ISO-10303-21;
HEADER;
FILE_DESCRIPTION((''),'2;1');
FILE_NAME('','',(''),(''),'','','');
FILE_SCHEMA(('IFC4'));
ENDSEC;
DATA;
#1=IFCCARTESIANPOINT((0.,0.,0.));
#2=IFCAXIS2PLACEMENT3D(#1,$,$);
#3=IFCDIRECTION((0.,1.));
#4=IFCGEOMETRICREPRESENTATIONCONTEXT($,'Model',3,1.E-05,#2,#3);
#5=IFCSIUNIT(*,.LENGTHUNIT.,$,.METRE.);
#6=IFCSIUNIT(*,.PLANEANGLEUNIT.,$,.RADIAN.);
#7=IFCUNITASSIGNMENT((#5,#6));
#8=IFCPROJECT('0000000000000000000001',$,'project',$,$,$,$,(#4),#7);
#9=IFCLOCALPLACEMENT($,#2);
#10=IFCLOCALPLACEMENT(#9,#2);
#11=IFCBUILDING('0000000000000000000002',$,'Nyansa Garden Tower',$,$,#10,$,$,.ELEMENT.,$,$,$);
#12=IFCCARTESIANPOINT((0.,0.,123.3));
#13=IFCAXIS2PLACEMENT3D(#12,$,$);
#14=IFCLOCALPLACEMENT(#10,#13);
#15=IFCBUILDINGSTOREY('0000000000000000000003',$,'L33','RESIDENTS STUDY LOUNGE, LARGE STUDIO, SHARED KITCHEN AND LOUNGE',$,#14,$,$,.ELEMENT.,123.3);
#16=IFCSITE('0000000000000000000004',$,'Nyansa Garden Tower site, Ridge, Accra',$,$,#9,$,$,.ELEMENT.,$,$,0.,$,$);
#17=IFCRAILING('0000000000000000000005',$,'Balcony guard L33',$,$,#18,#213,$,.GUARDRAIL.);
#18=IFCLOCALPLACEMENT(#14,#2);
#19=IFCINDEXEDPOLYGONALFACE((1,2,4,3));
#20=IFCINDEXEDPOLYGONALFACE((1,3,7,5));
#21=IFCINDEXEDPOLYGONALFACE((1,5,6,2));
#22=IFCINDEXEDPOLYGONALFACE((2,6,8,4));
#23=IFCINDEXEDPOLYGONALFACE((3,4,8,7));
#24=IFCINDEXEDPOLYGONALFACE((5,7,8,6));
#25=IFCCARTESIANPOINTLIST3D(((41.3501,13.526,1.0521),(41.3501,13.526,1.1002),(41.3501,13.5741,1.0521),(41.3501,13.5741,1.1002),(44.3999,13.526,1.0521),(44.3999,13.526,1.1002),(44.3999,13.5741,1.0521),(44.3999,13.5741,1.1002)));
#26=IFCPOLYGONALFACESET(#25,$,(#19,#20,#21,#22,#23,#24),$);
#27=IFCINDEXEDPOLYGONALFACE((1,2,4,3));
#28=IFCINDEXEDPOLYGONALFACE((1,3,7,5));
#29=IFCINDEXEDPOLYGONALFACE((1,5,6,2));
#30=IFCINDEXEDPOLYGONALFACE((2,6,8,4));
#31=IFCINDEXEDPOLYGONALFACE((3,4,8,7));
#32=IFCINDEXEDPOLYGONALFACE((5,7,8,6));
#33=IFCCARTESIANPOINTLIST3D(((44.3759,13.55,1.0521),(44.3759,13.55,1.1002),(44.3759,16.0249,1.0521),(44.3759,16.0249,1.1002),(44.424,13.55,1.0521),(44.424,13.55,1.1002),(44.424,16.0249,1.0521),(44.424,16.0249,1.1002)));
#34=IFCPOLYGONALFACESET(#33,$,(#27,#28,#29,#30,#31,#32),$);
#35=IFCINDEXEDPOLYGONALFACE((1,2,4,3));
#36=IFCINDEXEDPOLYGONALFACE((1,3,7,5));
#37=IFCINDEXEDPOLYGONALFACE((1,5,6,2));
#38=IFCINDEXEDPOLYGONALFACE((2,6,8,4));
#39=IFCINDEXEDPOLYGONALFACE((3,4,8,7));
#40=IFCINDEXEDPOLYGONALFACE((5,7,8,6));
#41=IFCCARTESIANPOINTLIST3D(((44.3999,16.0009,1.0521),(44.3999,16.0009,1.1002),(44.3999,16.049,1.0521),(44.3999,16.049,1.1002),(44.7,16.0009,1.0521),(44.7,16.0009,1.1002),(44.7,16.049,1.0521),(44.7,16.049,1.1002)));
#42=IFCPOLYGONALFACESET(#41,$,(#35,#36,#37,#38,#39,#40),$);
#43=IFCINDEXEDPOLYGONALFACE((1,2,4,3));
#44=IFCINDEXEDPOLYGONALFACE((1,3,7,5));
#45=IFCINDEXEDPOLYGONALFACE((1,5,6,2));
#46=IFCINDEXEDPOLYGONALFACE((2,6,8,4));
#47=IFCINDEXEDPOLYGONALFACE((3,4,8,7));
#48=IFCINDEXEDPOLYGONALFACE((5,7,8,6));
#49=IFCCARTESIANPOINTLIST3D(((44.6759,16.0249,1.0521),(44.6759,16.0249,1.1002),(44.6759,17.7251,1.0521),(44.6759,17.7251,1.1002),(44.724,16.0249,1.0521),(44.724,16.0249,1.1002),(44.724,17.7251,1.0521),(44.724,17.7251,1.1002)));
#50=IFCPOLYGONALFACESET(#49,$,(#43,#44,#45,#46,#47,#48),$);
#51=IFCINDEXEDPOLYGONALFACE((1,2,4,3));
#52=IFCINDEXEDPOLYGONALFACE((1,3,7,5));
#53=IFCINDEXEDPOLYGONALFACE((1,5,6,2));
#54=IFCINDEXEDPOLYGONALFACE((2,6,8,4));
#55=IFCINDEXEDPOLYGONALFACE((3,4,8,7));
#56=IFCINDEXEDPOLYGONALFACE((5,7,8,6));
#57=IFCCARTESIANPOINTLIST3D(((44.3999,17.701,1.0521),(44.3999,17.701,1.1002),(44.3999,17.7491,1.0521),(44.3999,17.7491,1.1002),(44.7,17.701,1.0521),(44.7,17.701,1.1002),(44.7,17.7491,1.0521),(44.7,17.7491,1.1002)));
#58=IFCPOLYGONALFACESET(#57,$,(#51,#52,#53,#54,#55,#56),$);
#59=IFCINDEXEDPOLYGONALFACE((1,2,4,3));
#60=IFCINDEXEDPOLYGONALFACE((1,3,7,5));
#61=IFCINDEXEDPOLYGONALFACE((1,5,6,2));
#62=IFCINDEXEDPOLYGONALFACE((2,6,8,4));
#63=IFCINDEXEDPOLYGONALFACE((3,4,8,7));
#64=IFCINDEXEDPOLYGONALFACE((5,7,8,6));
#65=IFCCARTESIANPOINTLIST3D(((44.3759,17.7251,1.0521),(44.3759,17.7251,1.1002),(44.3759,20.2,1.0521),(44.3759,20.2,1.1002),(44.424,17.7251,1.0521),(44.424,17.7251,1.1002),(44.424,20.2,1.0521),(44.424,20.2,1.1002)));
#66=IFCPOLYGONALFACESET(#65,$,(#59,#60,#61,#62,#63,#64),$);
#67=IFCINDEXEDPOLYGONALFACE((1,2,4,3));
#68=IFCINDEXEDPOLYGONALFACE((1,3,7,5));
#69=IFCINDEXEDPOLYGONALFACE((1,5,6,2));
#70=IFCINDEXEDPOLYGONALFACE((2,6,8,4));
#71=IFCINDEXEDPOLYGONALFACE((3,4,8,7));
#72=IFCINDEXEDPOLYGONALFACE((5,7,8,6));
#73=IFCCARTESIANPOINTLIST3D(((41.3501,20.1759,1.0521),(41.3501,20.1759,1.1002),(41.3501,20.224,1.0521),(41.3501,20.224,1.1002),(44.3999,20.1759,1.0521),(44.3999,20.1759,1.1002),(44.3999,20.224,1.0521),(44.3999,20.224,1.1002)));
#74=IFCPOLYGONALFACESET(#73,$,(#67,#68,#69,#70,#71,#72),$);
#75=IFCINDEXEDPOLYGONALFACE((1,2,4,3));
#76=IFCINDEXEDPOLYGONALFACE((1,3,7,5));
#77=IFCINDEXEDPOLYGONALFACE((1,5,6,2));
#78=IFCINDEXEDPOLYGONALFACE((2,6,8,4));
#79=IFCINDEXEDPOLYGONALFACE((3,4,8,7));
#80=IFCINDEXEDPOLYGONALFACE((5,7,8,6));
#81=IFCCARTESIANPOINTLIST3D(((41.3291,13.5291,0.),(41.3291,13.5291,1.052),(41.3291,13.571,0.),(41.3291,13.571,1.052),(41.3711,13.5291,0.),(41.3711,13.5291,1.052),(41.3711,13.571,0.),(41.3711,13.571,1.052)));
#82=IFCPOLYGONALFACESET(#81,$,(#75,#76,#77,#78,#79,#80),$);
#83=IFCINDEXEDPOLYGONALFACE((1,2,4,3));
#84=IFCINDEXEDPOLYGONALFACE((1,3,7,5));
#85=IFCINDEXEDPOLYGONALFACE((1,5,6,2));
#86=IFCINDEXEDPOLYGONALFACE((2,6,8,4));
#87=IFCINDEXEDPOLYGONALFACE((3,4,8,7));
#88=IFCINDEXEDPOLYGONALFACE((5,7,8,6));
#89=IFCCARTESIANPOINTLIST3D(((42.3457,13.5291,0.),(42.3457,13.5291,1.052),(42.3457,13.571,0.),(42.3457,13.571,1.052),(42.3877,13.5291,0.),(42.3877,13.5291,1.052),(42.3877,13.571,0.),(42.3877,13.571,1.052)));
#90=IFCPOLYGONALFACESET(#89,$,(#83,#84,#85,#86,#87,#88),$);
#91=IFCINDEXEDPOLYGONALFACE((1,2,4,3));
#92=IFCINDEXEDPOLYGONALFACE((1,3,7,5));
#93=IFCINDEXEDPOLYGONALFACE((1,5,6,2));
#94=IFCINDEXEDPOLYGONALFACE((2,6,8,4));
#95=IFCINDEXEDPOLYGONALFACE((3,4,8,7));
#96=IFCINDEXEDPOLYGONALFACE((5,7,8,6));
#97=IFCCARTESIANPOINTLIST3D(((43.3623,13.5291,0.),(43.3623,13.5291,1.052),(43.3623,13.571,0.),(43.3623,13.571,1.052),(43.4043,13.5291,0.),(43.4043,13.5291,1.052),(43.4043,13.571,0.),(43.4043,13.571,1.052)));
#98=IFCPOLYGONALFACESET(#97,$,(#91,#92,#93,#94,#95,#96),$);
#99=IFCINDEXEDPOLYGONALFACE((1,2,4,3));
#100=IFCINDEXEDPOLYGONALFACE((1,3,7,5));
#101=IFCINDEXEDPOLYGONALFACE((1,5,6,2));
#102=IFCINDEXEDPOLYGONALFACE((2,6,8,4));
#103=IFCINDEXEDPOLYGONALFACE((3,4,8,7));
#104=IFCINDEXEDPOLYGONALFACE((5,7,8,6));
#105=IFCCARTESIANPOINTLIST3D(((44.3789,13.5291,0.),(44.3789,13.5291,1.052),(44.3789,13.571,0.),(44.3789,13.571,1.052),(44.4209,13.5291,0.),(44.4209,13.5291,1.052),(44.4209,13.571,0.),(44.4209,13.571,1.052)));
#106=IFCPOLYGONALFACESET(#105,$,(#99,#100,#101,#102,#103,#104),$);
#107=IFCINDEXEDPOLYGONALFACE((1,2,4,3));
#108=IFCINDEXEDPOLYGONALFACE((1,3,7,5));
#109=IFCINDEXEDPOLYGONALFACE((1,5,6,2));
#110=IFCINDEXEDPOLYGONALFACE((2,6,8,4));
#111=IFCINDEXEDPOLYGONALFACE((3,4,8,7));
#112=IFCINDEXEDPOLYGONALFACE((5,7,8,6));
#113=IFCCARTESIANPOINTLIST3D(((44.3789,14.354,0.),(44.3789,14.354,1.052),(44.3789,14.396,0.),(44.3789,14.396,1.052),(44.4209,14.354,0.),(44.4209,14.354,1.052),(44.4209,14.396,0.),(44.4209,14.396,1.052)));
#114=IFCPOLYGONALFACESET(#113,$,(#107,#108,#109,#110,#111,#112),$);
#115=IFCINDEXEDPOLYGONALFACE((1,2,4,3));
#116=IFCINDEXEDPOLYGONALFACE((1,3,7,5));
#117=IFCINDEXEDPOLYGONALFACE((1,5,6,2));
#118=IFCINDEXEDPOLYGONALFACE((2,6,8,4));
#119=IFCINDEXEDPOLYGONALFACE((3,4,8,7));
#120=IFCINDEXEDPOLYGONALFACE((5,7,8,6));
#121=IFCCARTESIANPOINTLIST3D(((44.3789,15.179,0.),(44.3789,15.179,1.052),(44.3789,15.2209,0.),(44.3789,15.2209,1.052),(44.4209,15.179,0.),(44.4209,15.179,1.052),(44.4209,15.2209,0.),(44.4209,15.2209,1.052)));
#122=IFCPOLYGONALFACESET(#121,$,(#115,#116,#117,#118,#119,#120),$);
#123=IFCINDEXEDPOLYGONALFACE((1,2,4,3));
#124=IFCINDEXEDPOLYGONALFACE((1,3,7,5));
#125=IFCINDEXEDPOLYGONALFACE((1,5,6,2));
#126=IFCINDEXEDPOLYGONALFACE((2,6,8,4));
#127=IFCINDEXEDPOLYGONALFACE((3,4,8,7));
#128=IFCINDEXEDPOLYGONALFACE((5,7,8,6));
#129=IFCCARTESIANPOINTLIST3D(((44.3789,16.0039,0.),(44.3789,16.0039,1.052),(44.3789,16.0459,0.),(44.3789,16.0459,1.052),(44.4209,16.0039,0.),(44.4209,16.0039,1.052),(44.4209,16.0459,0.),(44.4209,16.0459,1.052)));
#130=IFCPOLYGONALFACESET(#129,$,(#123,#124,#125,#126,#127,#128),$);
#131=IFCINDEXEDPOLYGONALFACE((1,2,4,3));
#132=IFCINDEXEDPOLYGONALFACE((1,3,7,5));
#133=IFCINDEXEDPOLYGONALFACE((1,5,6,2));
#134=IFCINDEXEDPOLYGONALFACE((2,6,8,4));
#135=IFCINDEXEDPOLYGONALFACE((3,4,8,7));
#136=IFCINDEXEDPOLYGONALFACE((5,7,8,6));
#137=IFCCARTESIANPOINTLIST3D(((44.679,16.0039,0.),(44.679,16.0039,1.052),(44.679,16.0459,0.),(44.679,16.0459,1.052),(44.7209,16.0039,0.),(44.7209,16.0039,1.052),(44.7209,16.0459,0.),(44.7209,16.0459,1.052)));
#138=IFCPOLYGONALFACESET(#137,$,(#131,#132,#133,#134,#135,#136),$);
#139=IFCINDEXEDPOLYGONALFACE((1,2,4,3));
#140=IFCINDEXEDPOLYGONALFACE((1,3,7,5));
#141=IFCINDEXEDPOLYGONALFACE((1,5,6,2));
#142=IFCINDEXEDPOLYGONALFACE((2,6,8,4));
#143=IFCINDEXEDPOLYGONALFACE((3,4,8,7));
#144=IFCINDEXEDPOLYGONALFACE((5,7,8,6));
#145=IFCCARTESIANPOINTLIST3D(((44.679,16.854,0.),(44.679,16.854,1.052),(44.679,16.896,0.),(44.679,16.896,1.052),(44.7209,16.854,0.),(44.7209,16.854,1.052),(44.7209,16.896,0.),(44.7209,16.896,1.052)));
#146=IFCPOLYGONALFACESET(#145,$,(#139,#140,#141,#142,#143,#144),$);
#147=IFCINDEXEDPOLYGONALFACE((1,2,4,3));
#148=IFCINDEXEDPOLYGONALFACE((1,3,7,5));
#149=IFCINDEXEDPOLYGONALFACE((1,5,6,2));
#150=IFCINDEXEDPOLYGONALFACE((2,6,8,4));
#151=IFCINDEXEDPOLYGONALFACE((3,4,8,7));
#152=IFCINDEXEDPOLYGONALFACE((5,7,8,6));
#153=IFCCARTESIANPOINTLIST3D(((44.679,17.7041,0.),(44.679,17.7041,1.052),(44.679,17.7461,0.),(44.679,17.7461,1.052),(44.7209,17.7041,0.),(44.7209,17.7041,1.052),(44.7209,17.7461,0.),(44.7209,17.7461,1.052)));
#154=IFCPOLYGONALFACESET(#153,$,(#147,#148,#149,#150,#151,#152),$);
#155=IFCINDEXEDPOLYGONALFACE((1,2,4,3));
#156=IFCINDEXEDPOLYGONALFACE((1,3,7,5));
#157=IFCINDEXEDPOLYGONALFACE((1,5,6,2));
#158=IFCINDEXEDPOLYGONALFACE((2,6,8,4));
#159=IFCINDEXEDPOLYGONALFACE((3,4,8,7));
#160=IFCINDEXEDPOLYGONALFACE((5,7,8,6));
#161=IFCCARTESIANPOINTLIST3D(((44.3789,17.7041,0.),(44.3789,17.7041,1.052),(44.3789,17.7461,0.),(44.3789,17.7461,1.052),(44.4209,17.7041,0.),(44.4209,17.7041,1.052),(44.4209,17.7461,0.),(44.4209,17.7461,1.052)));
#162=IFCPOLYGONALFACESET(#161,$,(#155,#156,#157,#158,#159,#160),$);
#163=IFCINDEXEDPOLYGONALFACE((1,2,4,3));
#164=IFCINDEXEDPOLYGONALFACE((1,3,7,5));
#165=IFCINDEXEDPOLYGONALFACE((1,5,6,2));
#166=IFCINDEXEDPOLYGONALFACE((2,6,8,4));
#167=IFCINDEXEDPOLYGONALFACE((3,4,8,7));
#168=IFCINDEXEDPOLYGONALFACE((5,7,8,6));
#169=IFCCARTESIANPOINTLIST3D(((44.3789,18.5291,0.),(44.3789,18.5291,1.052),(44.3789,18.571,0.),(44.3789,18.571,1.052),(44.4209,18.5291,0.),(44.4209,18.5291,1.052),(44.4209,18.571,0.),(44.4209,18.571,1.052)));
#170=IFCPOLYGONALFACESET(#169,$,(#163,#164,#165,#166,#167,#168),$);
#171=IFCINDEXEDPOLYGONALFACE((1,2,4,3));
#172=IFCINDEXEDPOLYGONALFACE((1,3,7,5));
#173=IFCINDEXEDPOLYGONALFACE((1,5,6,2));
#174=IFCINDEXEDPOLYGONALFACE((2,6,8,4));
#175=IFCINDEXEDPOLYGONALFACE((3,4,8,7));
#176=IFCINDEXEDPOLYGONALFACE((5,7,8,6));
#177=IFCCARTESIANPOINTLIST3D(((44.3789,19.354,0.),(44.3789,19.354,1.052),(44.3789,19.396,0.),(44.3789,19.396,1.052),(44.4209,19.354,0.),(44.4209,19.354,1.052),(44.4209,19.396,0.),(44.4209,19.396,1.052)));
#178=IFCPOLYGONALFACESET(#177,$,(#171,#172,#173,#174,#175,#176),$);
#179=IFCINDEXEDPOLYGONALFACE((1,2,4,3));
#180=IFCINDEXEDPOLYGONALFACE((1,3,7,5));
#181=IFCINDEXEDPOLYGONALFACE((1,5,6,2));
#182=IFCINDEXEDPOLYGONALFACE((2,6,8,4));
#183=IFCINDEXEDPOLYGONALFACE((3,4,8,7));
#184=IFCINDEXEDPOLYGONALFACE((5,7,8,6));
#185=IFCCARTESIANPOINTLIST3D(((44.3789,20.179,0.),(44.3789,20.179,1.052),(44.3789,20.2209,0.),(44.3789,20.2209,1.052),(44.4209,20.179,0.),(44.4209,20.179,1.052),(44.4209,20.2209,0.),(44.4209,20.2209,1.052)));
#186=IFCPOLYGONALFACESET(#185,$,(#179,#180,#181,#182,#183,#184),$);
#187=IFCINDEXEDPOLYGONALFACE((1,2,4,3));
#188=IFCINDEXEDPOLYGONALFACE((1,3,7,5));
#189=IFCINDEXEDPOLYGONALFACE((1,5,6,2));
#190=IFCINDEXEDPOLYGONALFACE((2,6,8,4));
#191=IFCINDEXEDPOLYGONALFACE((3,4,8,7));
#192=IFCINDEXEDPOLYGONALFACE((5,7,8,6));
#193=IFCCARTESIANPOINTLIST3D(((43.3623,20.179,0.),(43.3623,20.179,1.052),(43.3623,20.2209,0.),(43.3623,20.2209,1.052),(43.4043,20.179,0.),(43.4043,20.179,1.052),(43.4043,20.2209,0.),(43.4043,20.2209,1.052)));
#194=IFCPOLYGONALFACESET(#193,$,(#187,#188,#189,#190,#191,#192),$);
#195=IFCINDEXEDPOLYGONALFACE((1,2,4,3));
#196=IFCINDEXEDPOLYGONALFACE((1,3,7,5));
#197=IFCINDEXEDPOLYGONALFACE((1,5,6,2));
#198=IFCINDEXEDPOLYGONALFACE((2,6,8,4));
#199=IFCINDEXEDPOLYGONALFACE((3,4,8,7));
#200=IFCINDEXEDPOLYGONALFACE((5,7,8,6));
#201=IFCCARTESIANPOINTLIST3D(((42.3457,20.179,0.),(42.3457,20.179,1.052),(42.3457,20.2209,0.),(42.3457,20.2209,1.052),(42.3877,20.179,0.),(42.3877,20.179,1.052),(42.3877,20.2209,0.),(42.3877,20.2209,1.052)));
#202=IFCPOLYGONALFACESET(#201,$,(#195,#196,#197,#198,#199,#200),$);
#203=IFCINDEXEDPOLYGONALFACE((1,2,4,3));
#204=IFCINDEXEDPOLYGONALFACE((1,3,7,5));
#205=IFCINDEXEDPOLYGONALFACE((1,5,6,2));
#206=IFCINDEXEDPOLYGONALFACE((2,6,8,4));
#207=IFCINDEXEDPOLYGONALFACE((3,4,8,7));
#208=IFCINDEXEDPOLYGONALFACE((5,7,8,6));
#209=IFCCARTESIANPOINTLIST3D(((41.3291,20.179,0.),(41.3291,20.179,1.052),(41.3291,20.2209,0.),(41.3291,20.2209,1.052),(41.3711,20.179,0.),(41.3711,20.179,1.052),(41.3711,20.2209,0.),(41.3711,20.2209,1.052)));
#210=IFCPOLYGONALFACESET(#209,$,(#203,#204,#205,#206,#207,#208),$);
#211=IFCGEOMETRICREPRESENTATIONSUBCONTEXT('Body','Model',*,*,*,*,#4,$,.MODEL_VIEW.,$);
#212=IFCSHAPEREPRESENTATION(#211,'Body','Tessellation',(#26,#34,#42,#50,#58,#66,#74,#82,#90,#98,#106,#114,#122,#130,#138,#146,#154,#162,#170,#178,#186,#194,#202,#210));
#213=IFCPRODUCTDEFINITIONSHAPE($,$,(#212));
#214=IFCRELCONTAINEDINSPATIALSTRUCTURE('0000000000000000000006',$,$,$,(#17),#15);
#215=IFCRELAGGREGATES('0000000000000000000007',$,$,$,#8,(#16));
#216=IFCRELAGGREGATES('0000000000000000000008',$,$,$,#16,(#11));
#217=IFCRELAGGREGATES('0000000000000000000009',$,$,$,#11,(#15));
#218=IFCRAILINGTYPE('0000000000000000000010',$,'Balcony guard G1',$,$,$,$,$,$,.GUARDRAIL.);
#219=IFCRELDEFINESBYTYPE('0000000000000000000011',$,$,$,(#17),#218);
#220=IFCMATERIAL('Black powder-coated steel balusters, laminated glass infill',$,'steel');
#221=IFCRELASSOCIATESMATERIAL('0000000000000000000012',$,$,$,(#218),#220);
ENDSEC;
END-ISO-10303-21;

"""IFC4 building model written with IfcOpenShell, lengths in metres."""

from ifc_helpers import new_model, si_unit, direction, frame, origin, origin_2d, place, context, subcontext, project, spatial, rectangle, extrude, material, type_object, element, save


model = new_model("IFC4")

# Units and contexts
model_context = context("Model", 3, precision=1e-05, world=origin(), true_north=direction((0.0, 1.0)))
body_context = subcontext(model_context, "Body", "Model", "MODEL_VIEW")
ifc_project = project(units=[si_unit("LENGTHUNIT", "METRE"), si_unit("PLANEANGLEUNIT", "RADIAN")], contexts=[model_context])

# Site, building, storey
site_placement = place(None, origin())
site = spatial("IfcSite", under=ifc_project, at=site_placement, Name="Nyansa Garden Tower site, Ridge, Accra", CompositionType="ELEMENT", RefElevation=0.0)
building_placement = place(site_placement, origin())
building = spatial("IfcBuilding", under=site, at=building_placement, Name="Nyansa Garden Tower", CompositionType="ELEMENT")
storey_placement = place(building_placement, frame((0.0, 0.0, 123.3)))
storey = spatial("IfcBuildingStorey", under=building, at=storey_placement, Name="L33", Description="RESIDENTS STUDY LOUNGE, LARGE STUDIO, SHARED KITCHEN AND LOUNGE", CompositionType="ELEMENT", Elevation=123.3)

# Railing
ifc_material_1 = material(Name="Black powder-coated steel balusters, laminated glass infill", Category="steel")
railing_type = type_object("IfcRailingType", Name="Balcony guard G1", PredefinedType="GUARDRAIL", material=ifc_material_1)
railing_placement = place(storey_placement, frame((41.3501, 13.55, 0.0)))
element("IfcRailing", 1, at=railing_placement, inside=storey, type_object=railing_type, Name="Balcony guard L33", PredefinedType="GUARDRAIL", context=body_context, shape_type="SweptSolid", body=[
    extrude(rectangle(XDim=0.0481, YDim=0.0481, at=origin_2d()), frame((0.0, 0.0, 1.0762), z_axis=(1.0, 0.0, 0.0), x_axis=(0.0, 1.0, 0.0)), (0.0, 0.0, 1.0), 3.0498),
    extrude(rectangle(XDim=0.0481, YDim=0.0481, at=origin_2d()), frame((3.0498, 0.0, 1.0762), z_axis=(0.0, 1.0, 0.0), x_axis=(-1.0, 0.0, 0.0)), (0.0, 0.0, 1.0), 2.4749),
    extrude(rectangle(XDim=0.0481, YDim=0.0481, at=origin_2d()), frame((3.0498, 2.4749, 1.0762), z_axis=(1.0, 0.0, 0.0), x_axis=(0.0, 1.0, 0.0)), (0.0, 0.0, 1.0), 0.3),
    extrude(rectangle(XDim=0.0481, YDim=0.0481, at=origin_2d()), frame((3.3499, 2.4749, 1.0762), z_axis=(0.0, 1.0, 0.0), x_axis=(-1.0, 0.0, 0.0)), (0.0, 0.0, 1.0), 1.7002),
    extrude(rectangle(XDim=0.0481, YDim=0.0481, at=origin_2d()), frame((3.3499, 4.175, 1.0762), z_axis=(-1.0, 0.0, 0.0), x_axis=(0.0, -1.0, 0.0)), (0.0, 0.0, 1.0), 0.3),
    extrude(rectangle(XDim=0.0481, YDim=0.0481, at=origin_2d()), frame((3.0498, 4.175, 1.0762), z_axis=(0.0, 1.0, 0.0), x_axis=(-1.0, 0.0, 0.0)), (0.0, 0.0, 1.0), 2.4749),
    extrude(rectangle(XDim=0.0481, YDim=0.0481, at=origin_2d()), frame((3.0498, 6.6499, 1.0762), z_axis=(-1.0, 0.0, 0.0), x_axis=(0.0, -1.0, 0.0)), (0.0, 0.0, 1.0), 3.0498),
    extrude(rectangle(XDim=0.042, YDim=0.042, at=origin_2d()), origin(), (0.0, 0.0, 1.0), 1.052),
    extrude(rectangle(XDim=0.042, YDim=0.042, at=origin_2d()), frame((1.0166, 0.0, 0.0)), (0.0, 0.0, 1.0), 1.052),
    extrude(rectangle(XDim=0.042, YDim=0.042, at=origin_2d()), frame((2.0332, 0.0, 0.0)), (0.0, 0.0, 1.0), 1.052),
    extrude(rectangle(XDim=0.042, YDim=0.042, at=origin_2d()), frame((3.0498, 0.0, 0.0)), (0.0, 0.0, 1.0), 1.052),
    extrude(rectangle(XDim=0.042, YDim=0.042, at=origin_2d()), frame((3.0498, 0.825, 0.0)), (0.0, 0.0, 1.0), 1.052),
    extrude(rectangle(XDim=0.042, YDim=0.042, at=origin_2d()), frame((3.0498, 1.6499, 0.0)), (0.0, 0.0, 1.0), 1.052),
    extrude(rectangle(XDim=0.042, YDim=0.042, at=origin_2d()), frame((3.0498, 2.4749, 0.0)), (0.0, 0.0, 1.0), 1.052),
    extrude(rectangle(XDim=0.042, YDim=0.042, at=origin_2d()), frame((3.3499, 2.4749, 0.0)), (0.0, 0.0, 1.0), 1.052),
    extrude(rectangle(XDim=0.042, YDim=0.042, at=origin_2d()), frame((3.3499, 3.325, 0.0)), (0.0, 0.0, 1.0), 1.052),
    extrude(rectangle(XDim=0.042, YDim=0.042, at=origin_2d()), frame((3.3499, 4.175, 0.0)), (0.0, 0.0, 1.0), 1.052),
    extrude(rectangle(XDim=0.042, YDim=0.042, at=origin_2d()), frame((3.0498, 4.175, 0.0)), (0.0, 0.0, 1.0), 1.052),
    extrude(rectangle(XDim=0.042, YDim=0.042, at=origin_2d()), frame((3.0498, 5.0, 0.0)), (0.0, 0.0, 1.0), 1.052),
    extrude(rectangle(XDim=0.042, YDim=0.042, at=origin_2d()), frame((3.0498, 5.825, 0.0)), (0.0, 0.0, 1.0), 1.052),
    extrude(rectangle(XDim=0.042, YDim=0.042, at=origin_2d()), frame((3.0498, 6.6499, 0.0)), (0.0, 0.0, 1.0), 1.052),
    extrude(rectangle(XDim=0.042, YDim=0.042, at=origin_2d()), frame((2.0332, 6.6499, 0.0)), (0.0, 0.0, 1.0), 1.052),
    extrude(rectangle(XDim=0.042, YDim=0.042, at=origin_2d()), frame((1.0166, 6.6499, 0.0)), (0.0, 0.0, 1.0), 1.052),
    extrude(rectangle(XDim=0.042, YDim=0.042, at=origin_2d()), frame((0.0, 6.6499, 0.0)), (0.0, 0.0, 1.0), 1.052),
])

save(model, "model.ifc")
